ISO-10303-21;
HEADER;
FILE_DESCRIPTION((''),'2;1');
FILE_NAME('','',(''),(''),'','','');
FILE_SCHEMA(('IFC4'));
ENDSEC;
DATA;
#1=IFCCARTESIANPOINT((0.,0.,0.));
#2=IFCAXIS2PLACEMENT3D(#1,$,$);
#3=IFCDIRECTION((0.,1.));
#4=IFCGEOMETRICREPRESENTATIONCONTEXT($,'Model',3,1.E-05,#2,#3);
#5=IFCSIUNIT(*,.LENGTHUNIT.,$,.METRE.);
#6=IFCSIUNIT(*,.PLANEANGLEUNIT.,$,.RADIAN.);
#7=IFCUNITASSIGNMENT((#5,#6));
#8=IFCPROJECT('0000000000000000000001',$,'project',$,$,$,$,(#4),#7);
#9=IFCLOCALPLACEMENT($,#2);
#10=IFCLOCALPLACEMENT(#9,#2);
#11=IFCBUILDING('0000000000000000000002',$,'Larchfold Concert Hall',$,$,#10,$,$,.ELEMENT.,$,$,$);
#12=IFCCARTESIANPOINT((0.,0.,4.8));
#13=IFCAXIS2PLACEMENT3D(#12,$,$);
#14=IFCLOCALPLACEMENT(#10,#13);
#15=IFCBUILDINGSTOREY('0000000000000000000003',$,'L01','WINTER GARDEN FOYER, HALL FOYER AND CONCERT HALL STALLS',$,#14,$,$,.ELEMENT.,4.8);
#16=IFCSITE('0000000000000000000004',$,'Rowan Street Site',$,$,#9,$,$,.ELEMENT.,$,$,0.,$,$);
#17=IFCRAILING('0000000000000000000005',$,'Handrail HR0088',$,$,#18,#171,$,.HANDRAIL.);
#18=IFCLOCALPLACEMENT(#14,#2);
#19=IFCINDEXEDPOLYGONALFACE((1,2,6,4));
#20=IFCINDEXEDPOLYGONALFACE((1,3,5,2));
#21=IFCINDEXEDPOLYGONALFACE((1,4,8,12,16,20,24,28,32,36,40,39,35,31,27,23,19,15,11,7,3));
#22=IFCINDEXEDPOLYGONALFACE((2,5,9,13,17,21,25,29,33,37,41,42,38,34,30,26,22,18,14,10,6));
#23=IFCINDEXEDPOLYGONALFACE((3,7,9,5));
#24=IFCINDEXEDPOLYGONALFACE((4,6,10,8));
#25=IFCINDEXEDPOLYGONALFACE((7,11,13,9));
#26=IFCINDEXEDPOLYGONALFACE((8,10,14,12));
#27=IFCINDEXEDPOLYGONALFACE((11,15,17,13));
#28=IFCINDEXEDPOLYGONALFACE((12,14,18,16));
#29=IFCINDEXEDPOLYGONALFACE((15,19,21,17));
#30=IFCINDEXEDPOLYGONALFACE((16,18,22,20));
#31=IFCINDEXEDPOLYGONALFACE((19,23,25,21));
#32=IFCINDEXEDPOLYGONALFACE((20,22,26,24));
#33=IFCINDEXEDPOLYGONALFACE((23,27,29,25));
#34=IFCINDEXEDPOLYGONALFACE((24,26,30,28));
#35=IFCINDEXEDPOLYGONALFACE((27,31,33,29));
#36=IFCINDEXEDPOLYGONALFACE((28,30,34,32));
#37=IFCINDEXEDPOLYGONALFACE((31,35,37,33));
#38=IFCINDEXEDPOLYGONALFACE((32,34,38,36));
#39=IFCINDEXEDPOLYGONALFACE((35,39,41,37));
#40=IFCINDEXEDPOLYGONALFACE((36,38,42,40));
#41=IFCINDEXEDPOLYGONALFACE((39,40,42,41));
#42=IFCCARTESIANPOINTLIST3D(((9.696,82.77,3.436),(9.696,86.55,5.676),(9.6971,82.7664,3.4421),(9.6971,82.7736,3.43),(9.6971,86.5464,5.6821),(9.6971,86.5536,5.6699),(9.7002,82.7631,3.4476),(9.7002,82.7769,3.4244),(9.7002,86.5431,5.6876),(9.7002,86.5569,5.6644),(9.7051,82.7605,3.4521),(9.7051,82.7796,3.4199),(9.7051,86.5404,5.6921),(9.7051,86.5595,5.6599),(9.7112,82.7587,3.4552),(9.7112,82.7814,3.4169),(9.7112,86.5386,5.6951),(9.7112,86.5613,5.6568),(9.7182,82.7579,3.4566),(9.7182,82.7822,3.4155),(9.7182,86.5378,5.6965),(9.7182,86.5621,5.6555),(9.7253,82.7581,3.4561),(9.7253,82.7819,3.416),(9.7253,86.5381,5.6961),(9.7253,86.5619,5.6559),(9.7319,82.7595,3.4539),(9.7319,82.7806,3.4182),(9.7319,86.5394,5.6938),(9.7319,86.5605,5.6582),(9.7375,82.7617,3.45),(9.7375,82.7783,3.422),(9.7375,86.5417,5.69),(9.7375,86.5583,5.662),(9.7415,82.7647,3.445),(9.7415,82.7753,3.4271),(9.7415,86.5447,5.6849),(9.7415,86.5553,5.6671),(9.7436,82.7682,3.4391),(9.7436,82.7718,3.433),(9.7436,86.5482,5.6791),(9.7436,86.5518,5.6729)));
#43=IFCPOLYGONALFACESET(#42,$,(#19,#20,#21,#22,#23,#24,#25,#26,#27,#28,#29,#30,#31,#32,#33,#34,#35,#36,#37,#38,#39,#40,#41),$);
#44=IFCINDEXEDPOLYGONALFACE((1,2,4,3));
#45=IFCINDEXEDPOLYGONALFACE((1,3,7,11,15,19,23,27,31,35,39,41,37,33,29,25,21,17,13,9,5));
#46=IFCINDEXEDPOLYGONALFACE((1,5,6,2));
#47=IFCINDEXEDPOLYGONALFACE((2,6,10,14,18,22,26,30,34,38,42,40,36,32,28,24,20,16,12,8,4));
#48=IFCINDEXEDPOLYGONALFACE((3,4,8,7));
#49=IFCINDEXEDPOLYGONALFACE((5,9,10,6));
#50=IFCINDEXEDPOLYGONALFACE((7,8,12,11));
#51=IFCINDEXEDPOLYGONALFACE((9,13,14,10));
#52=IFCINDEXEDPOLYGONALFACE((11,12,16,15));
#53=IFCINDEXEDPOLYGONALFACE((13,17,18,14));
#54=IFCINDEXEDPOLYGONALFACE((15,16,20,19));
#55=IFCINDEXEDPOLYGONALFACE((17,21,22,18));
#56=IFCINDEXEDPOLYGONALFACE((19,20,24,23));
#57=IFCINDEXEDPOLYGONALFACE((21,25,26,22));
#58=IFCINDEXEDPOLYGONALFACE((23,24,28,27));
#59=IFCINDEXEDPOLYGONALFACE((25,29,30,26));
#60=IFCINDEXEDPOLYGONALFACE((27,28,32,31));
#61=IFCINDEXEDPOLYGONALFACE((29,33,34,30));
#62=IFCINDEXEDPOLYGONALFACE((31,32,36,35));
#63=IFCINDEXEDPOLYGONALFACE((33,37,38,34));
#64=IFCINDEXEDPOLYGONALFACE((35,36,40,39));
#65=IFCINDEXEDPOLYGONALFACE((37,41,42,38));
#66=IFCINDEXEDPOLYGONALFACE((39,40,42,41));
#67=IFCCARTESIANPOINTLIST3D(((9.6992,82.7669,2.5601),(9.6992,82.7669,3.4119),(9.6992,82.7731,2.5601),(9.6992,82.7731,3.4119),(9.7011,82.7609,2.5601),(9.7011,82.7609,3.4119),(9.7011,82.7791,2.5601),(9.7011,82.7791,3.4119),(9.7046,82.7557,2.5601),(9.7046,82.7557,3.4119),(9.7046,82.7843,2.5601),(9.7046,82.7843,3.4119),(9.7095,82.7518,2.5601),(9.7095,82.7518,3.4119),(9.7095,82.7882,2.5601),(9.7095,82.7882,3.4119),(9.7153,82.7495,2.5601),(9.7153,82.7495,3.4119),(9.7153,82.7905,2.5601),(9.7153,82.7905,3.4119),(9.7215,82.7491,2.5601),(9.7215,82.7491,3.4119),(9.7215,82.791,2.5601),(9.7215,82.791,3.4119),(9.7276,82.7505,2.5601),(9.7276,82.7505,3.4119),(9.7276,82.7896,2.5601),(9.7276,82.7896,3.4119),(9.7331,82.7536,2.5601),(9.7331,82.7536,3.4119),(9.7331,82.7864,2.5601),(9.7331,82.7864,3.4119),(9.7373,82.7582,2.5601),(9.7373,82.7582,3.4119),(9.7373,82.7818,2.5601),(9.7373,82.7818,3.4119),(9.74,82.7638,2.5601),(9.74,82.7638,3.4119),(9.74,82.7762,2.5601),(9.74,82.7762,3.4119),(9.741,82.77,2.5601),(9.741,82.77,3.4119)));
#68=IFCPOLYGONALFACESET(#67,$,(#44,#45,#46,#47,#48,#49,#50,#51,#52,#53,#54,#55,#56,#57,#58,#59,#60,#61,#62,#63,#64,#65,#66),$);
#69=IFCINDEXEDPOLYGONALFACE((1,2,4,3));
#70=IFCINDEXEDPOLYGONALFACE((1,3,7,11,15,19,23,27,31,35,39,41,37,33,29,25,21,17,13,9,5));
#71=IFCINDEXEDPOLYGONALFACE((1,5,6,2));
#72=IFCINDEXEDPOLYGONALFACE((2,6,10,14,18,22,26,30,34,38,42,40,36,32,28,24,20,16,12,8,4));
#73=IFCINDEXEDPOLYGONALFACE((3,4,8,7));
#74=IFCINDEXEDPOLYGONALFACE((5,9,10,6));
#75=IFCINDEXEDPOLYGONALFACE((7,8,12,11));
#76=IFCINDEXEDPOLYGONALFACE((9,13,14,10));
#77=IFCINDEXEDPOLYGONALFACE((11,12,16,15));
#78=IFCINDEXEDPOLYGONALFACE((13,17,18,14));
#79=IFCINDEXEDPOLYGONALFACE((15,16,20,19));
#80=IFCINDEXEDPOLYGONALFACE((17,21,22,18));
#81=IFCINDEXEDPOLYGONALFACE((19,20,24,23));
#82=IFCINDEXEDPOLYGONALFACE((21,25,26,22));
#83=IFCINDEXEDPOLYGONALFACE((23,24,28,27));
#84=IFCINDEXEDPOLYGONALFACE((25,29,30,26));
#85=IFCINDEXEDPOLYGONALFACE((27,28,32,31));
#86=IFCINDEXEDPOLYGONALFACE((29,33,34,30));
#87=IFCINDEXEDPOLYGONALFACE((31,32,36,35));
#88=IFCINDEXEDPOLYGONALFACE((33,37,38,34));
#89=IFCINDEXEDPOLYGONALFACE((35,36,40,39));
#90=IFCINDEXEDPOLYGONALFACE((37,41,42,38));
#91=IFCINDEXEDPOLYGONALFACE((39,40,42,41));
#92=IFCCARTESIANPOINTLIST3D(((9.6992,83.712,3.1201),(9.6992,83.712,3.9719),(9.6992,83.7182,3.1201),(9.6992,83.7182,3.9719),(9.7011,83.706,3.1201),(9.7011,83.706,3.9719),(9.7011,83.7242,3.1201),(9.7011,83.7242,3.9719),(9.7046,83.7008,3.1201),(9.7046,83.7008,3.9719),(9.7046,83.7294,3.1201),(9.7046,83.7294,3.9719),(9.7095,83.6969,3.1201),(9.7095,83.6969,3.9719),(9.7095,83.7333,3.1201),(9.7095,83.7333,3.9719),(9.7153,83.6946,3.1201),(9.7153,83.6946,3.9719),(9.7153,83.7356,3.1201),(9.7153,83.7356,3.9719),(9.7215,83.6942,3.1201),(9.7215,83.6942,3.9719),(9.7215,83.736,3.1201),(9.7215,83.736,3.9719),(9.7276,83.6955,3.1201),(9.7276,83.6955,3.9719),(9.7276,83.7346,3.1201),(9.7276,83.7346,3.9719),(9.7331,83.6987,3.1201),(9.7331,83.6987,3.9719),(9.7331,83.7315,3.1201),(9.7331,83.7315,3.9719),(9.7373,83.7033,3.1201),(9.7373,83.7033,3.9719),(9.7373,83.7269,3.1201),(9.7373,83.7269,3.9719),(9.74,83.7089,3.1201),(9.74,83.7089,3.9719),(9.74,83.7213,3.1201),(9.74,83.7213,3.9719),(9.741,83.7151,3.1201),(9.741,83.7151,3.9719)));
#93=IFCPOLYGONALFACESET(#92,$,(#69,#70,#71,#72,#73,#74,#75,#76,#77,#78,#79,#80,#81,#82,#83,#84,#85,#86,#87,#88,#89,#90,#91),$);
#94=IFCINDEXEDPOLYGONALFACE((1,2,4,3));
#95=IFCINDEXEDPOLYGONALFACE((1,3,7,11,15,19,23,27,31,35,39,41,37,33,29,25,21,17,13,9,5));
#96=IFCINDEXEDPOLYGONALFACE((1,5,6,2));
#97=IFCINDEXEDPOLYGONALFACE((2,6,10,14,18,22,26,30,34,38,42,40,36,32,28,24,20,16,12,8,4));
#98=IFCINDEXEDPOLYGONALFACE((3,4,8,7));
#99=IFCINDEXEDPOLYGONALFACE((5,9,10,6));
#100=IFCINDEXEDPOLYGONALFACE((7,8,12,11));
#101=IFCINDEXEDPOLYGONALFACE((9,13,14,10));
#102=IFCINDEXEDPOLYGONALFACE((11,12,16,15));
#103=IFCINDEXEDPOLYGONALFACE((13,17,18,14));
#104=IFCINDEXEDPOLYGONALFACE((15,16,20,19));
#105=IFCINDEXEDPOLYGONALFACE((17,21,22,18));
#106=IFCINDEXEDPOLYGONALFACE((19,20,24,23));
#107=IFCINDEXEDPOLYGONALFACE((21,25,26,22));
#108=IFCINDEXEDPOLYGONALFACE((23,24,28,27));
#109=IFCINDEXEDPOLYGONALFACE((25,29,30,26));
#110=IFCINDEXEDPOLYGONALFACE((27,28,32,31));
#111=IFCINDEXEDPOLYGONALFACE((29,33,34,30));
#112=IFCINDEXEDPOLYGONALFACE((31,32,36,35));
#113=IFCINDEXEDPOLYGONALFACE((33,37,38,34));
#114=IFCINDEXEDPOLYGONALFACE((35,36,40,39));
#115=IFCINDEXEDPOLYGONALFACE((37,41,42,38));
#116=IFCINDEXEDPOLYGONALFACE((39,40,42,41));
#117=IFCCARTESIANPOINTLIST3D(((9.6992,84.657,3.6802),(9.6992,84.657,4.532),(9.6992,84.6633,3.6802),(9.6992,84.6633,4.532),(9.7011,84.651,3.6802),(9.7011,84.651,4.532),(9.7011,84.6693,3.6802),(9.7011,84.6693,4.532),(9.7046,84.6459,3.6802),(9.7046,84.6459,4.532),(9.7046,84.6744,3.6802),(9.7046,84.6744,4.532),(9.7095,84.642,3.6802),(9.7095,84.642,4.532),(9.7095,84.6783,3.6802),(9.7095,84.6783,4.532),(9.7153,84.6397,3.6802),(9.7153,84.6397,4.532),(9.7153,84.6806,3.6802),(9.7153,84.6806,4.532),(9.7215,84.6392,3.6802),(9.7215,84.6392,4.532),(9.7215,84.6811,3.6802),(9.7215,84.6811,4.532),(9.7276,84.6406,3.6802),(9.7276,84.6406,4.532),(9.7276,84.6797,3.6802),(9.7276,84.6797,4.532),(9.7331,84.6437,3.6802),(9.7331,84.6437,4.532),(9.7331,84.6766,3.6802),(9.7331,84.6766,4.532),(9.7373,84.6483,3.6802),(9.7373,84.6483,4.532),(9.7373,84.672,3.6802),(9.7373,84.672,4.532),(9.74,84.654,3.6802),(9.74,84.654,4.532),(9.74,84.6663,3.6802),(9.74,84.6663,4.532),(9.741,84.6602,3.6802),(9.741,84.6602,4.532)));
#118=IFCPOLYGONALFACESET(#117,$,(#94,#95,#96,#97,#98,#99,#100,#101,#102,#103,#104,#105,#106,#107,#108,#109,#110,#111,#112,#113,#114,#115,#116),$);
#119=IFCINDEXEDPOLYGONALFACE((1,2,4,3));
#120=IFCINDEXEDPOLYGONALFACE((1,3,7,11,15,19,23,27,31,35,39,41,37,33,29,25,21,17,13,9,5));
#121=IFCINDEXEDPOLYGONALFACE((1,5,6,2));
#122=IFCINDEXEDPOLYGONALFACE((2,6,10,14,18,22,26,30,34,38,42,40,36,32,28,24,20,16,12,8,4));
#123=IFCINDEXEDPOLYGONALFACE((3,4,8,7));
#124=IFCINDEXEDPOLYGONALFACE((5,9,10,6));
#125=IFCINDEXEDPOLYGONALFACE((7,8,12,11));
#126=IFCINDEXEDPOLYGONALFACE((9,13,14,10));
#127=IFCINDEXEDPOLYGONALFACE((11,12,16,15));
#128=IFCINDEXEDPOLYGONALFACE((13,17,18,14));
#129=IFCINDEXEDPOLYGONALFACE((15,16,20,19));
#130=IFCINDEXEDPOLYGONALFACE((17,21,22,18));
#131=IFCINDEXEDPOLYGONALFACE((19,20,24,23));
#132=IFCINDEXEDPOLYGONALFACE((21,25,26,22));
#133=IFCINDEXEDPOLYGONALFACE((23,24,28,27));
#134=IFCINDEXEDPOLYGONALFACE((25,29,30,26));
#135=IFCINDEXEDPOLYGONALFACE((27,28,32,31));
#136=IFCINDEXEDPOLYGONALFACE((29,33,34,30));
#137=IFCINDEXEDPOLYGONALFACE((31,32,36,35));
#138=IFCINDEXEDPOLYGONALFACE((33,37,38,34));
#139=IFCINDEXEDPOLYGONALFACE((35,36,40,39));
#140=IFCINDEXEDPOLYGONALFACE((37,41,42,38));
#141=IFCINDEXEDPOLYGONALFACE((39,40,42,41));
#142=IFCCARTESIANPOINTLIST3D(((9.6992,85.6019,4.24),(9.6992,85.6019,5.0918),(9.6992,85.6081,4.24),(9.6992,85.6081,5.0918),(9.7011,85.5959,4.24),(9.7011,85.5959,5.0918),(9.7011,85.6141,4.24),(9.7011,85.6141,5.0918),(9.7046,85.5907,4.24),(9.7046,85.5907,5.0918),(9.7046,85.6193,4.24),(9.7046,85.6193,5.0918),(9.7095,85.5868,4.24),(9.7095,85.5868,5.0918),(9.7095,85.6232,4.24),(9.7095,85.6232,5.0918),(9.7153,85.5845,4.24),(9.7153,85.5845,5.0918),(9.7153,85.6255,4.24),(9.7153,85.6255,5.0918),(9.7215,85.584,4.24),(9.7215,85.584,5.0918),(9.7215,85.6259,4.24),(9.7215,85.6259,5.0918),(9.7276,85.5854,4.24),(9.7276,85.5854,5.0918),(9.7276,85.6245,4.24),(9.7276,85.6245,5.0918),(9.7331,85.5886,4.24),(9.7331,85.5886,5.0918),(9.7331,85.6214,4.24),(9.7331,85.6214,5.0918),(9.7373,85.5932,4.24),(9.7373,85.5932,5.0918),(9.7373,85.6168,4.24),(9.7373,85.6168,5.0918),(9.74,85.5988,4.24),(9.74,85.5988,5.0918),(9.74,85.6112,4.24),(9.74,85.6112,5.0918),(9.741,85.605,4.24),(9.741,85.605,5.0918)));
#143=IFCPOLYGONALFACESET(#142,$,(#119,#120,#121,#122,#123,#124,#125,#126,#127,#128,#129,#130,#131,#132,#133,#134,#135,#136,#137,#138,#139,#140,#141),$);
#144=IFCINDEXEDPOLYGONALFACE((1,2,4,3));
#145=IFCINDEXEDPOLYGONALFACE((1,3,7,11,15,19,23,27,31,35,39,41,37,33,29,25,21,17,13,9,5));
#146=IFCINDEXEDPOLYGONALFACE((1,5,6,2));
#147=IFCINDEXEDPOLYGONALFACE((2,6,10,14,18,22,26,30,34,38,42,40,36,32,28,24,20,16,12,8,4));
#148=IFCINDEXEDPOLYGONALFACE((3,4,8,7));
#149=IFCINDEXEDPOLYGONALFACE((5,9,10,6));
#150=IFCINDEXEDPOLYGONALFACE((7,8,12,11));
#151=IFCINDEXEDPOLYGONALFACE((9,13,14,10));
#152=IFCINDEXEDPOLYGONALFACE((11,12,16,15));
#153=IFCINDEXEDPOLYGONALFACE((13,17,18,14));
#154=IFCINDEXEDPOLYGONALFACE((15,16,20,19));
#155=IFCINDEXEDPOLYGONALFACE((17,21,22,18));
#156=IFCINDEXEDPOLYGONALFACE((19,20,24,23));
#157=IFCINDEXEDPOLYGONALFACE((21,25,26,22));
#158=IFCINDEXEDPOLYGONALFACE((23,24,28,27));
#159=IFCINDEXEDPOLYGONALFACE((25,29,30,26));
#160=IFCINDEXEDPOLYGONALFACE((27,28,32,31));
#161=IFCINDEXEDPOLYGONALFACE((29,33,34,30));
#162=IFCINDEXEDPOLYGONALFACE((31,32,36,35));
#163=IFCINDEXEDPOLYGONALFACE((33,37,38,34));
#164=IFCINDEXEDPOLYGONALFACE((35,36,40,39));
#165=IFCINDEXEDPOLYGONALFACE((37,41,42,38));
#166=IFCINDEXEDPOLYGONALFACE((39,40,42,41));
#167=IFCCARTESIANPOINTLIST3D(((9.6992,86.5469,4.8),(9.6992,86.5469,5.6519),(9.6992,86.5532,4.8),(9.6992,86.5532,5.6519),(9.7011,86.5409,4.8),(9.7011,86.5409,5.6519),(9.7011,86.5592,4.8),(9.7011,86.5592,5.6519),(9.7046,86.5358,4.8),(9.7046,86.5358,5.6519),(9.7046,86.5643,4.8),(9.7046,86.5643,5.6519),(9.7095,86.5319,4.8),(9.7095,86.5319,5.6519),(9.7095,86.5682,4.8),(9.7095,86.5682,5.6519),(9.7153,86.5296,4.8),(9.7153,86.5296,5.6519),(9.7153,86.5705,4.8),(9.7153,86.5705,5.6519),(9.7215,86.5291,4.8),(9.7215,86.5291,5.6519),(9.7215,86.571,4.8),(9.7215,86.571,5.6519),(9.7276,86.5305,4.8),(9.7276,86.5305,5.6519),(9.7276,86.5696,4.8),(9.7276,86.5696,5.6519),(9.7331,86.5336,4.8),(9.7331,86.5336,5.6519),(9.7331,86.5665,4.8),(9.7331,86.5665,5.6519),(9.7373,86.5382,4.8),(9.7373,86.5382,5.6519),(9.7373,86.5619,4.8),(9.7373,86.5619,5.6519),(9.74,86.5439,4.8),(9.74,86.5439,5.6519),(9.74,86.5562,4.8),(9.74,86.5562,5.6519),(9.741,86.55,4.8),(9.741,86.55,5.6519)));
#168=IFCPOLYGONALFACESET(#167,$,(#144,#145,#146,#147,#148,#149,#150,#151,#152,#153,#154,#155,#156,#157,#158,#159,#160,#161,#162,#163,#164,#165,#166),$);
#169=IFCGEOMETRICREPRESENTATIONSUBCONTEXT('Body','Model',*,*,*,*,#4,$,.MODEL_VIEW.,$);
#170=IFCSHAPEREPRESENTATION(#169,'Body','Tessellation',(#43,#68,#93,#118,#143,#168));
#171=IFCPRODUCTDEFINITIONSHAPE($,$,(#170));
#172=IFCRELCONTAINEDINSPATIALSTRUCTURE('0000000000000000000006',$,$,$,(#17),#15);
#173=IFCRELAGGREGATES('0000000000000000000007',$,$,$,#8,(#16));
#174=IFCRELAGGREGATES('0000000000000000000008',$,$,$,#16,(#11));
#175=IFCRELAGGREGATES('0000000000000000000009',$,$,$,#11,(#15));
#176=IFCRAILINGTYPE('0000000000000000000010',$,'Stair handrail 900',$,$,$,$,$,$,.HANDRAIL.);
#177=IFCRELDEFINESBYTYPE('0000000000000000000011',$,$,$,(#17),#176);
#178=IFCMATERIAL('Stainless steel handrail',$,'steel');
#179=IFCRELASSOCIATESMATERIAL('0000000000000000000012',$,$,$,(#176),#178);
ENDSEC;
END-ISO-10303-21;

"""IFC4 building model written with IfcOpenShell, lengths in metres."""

from ifc_helpers import new_model, si_unit, direction, frame, origin, origin_2d, place, context, subcontext, project, spatial, circle, extrude, material, type_object, element, save


model = new_model("IFC4")

# Units and contexts
model_context = context("Model", 3, precision=1e-05, world=origin(), true_north=direction((0.0, 1.0)))
body_context = subcontext(model_context, "Body", "Model", "MODEL_VIEW")
ifc_project = project(units=[si_unit("LENGTHUNIT", "METRE"), si_unit("PLANEANGLEUNIT", "RADIAN")], contexts=[model_context])

# Site, building, storey
site_placement = place(None, origin())
site = spatial("IfcSite", under=ifc_project, at=site_placement, Name="Rowan Street Site", CompositionType="ELEMENT", RefElevation=0.0)
building_placement = place(site_placement, origin())
building = spatial("IfcBuilding", under=site, at=building_placement, Name="Larchfold Concert Hall", CompositionType="ELEMENT")
storey_placement = place(building_placement, frame((0.0, 0.0, 4.8)))
storey = spatial("IfcBuildingStorey", under=building, at=storey_placement, Name="L01", Description="WINTER GARDEN FOYER, HALL FOYER AND CONCERT HALL STALLS", CompositionType="ELEMENT", Elevation=4.8)

# Railing
ifc_material_1 = material(Name="Stainless steel handrail", Category="steel")
railing_type_1 = type_object("IfcRailingType", Name="Stair handrail 900", PredefinedType="HANDRAIL", material=ifc_material_1)
railing_1_placement = place(storey_placement, frame((9.72, 82.77, 2.5601)))
element("IfcRailing", 1, at=railing_1_placement, inside=storey, type_object=railing_type_1, Name="Handrail HR0088", PredefinedType="HANDRAIL", context=body_context, shape_type="SweptSolid", body=[
    extrude(circle(Radius=0.0239, at=origin_2d()), frame((0.0, 0.0, 0.876), z_axis=(0.0, 0.860294, 0.509798), x_axis=(-1.0, 0.0, 0.0)), (0.0, 0.0, 1.0), 4.3938),
    extrude(circle(Radius=0.021, at=origin_2d()), origin(), (0.0, 0.0, 1.0), 0.8518),
    extrude(circle(Radius=0.021, at=origin_2d()), frame((0.0, 0.9451, 0.5601)), (0.0, 0.0, 1.0), 0.8518),
    extrude(circle(Radius=0.021, at=origin_2d()), frame((0.0, 1.8901, 1.1201)), (0.0, 0.0, 1.0), 0.8518),
    extrude(circle(Radius=0.021, at=origin_2d()), frame((0.0, 2.835, 1.6799)), (0.0, 0.0, 1.0), 0.8518),
    extrude(circle(Radius=0.021, at=origin_2d()), frame((0.0, 3.78, 2.24)), (0.0, 0.0, 1.0), 0.8518),
])

save(model, "model.ifc")
